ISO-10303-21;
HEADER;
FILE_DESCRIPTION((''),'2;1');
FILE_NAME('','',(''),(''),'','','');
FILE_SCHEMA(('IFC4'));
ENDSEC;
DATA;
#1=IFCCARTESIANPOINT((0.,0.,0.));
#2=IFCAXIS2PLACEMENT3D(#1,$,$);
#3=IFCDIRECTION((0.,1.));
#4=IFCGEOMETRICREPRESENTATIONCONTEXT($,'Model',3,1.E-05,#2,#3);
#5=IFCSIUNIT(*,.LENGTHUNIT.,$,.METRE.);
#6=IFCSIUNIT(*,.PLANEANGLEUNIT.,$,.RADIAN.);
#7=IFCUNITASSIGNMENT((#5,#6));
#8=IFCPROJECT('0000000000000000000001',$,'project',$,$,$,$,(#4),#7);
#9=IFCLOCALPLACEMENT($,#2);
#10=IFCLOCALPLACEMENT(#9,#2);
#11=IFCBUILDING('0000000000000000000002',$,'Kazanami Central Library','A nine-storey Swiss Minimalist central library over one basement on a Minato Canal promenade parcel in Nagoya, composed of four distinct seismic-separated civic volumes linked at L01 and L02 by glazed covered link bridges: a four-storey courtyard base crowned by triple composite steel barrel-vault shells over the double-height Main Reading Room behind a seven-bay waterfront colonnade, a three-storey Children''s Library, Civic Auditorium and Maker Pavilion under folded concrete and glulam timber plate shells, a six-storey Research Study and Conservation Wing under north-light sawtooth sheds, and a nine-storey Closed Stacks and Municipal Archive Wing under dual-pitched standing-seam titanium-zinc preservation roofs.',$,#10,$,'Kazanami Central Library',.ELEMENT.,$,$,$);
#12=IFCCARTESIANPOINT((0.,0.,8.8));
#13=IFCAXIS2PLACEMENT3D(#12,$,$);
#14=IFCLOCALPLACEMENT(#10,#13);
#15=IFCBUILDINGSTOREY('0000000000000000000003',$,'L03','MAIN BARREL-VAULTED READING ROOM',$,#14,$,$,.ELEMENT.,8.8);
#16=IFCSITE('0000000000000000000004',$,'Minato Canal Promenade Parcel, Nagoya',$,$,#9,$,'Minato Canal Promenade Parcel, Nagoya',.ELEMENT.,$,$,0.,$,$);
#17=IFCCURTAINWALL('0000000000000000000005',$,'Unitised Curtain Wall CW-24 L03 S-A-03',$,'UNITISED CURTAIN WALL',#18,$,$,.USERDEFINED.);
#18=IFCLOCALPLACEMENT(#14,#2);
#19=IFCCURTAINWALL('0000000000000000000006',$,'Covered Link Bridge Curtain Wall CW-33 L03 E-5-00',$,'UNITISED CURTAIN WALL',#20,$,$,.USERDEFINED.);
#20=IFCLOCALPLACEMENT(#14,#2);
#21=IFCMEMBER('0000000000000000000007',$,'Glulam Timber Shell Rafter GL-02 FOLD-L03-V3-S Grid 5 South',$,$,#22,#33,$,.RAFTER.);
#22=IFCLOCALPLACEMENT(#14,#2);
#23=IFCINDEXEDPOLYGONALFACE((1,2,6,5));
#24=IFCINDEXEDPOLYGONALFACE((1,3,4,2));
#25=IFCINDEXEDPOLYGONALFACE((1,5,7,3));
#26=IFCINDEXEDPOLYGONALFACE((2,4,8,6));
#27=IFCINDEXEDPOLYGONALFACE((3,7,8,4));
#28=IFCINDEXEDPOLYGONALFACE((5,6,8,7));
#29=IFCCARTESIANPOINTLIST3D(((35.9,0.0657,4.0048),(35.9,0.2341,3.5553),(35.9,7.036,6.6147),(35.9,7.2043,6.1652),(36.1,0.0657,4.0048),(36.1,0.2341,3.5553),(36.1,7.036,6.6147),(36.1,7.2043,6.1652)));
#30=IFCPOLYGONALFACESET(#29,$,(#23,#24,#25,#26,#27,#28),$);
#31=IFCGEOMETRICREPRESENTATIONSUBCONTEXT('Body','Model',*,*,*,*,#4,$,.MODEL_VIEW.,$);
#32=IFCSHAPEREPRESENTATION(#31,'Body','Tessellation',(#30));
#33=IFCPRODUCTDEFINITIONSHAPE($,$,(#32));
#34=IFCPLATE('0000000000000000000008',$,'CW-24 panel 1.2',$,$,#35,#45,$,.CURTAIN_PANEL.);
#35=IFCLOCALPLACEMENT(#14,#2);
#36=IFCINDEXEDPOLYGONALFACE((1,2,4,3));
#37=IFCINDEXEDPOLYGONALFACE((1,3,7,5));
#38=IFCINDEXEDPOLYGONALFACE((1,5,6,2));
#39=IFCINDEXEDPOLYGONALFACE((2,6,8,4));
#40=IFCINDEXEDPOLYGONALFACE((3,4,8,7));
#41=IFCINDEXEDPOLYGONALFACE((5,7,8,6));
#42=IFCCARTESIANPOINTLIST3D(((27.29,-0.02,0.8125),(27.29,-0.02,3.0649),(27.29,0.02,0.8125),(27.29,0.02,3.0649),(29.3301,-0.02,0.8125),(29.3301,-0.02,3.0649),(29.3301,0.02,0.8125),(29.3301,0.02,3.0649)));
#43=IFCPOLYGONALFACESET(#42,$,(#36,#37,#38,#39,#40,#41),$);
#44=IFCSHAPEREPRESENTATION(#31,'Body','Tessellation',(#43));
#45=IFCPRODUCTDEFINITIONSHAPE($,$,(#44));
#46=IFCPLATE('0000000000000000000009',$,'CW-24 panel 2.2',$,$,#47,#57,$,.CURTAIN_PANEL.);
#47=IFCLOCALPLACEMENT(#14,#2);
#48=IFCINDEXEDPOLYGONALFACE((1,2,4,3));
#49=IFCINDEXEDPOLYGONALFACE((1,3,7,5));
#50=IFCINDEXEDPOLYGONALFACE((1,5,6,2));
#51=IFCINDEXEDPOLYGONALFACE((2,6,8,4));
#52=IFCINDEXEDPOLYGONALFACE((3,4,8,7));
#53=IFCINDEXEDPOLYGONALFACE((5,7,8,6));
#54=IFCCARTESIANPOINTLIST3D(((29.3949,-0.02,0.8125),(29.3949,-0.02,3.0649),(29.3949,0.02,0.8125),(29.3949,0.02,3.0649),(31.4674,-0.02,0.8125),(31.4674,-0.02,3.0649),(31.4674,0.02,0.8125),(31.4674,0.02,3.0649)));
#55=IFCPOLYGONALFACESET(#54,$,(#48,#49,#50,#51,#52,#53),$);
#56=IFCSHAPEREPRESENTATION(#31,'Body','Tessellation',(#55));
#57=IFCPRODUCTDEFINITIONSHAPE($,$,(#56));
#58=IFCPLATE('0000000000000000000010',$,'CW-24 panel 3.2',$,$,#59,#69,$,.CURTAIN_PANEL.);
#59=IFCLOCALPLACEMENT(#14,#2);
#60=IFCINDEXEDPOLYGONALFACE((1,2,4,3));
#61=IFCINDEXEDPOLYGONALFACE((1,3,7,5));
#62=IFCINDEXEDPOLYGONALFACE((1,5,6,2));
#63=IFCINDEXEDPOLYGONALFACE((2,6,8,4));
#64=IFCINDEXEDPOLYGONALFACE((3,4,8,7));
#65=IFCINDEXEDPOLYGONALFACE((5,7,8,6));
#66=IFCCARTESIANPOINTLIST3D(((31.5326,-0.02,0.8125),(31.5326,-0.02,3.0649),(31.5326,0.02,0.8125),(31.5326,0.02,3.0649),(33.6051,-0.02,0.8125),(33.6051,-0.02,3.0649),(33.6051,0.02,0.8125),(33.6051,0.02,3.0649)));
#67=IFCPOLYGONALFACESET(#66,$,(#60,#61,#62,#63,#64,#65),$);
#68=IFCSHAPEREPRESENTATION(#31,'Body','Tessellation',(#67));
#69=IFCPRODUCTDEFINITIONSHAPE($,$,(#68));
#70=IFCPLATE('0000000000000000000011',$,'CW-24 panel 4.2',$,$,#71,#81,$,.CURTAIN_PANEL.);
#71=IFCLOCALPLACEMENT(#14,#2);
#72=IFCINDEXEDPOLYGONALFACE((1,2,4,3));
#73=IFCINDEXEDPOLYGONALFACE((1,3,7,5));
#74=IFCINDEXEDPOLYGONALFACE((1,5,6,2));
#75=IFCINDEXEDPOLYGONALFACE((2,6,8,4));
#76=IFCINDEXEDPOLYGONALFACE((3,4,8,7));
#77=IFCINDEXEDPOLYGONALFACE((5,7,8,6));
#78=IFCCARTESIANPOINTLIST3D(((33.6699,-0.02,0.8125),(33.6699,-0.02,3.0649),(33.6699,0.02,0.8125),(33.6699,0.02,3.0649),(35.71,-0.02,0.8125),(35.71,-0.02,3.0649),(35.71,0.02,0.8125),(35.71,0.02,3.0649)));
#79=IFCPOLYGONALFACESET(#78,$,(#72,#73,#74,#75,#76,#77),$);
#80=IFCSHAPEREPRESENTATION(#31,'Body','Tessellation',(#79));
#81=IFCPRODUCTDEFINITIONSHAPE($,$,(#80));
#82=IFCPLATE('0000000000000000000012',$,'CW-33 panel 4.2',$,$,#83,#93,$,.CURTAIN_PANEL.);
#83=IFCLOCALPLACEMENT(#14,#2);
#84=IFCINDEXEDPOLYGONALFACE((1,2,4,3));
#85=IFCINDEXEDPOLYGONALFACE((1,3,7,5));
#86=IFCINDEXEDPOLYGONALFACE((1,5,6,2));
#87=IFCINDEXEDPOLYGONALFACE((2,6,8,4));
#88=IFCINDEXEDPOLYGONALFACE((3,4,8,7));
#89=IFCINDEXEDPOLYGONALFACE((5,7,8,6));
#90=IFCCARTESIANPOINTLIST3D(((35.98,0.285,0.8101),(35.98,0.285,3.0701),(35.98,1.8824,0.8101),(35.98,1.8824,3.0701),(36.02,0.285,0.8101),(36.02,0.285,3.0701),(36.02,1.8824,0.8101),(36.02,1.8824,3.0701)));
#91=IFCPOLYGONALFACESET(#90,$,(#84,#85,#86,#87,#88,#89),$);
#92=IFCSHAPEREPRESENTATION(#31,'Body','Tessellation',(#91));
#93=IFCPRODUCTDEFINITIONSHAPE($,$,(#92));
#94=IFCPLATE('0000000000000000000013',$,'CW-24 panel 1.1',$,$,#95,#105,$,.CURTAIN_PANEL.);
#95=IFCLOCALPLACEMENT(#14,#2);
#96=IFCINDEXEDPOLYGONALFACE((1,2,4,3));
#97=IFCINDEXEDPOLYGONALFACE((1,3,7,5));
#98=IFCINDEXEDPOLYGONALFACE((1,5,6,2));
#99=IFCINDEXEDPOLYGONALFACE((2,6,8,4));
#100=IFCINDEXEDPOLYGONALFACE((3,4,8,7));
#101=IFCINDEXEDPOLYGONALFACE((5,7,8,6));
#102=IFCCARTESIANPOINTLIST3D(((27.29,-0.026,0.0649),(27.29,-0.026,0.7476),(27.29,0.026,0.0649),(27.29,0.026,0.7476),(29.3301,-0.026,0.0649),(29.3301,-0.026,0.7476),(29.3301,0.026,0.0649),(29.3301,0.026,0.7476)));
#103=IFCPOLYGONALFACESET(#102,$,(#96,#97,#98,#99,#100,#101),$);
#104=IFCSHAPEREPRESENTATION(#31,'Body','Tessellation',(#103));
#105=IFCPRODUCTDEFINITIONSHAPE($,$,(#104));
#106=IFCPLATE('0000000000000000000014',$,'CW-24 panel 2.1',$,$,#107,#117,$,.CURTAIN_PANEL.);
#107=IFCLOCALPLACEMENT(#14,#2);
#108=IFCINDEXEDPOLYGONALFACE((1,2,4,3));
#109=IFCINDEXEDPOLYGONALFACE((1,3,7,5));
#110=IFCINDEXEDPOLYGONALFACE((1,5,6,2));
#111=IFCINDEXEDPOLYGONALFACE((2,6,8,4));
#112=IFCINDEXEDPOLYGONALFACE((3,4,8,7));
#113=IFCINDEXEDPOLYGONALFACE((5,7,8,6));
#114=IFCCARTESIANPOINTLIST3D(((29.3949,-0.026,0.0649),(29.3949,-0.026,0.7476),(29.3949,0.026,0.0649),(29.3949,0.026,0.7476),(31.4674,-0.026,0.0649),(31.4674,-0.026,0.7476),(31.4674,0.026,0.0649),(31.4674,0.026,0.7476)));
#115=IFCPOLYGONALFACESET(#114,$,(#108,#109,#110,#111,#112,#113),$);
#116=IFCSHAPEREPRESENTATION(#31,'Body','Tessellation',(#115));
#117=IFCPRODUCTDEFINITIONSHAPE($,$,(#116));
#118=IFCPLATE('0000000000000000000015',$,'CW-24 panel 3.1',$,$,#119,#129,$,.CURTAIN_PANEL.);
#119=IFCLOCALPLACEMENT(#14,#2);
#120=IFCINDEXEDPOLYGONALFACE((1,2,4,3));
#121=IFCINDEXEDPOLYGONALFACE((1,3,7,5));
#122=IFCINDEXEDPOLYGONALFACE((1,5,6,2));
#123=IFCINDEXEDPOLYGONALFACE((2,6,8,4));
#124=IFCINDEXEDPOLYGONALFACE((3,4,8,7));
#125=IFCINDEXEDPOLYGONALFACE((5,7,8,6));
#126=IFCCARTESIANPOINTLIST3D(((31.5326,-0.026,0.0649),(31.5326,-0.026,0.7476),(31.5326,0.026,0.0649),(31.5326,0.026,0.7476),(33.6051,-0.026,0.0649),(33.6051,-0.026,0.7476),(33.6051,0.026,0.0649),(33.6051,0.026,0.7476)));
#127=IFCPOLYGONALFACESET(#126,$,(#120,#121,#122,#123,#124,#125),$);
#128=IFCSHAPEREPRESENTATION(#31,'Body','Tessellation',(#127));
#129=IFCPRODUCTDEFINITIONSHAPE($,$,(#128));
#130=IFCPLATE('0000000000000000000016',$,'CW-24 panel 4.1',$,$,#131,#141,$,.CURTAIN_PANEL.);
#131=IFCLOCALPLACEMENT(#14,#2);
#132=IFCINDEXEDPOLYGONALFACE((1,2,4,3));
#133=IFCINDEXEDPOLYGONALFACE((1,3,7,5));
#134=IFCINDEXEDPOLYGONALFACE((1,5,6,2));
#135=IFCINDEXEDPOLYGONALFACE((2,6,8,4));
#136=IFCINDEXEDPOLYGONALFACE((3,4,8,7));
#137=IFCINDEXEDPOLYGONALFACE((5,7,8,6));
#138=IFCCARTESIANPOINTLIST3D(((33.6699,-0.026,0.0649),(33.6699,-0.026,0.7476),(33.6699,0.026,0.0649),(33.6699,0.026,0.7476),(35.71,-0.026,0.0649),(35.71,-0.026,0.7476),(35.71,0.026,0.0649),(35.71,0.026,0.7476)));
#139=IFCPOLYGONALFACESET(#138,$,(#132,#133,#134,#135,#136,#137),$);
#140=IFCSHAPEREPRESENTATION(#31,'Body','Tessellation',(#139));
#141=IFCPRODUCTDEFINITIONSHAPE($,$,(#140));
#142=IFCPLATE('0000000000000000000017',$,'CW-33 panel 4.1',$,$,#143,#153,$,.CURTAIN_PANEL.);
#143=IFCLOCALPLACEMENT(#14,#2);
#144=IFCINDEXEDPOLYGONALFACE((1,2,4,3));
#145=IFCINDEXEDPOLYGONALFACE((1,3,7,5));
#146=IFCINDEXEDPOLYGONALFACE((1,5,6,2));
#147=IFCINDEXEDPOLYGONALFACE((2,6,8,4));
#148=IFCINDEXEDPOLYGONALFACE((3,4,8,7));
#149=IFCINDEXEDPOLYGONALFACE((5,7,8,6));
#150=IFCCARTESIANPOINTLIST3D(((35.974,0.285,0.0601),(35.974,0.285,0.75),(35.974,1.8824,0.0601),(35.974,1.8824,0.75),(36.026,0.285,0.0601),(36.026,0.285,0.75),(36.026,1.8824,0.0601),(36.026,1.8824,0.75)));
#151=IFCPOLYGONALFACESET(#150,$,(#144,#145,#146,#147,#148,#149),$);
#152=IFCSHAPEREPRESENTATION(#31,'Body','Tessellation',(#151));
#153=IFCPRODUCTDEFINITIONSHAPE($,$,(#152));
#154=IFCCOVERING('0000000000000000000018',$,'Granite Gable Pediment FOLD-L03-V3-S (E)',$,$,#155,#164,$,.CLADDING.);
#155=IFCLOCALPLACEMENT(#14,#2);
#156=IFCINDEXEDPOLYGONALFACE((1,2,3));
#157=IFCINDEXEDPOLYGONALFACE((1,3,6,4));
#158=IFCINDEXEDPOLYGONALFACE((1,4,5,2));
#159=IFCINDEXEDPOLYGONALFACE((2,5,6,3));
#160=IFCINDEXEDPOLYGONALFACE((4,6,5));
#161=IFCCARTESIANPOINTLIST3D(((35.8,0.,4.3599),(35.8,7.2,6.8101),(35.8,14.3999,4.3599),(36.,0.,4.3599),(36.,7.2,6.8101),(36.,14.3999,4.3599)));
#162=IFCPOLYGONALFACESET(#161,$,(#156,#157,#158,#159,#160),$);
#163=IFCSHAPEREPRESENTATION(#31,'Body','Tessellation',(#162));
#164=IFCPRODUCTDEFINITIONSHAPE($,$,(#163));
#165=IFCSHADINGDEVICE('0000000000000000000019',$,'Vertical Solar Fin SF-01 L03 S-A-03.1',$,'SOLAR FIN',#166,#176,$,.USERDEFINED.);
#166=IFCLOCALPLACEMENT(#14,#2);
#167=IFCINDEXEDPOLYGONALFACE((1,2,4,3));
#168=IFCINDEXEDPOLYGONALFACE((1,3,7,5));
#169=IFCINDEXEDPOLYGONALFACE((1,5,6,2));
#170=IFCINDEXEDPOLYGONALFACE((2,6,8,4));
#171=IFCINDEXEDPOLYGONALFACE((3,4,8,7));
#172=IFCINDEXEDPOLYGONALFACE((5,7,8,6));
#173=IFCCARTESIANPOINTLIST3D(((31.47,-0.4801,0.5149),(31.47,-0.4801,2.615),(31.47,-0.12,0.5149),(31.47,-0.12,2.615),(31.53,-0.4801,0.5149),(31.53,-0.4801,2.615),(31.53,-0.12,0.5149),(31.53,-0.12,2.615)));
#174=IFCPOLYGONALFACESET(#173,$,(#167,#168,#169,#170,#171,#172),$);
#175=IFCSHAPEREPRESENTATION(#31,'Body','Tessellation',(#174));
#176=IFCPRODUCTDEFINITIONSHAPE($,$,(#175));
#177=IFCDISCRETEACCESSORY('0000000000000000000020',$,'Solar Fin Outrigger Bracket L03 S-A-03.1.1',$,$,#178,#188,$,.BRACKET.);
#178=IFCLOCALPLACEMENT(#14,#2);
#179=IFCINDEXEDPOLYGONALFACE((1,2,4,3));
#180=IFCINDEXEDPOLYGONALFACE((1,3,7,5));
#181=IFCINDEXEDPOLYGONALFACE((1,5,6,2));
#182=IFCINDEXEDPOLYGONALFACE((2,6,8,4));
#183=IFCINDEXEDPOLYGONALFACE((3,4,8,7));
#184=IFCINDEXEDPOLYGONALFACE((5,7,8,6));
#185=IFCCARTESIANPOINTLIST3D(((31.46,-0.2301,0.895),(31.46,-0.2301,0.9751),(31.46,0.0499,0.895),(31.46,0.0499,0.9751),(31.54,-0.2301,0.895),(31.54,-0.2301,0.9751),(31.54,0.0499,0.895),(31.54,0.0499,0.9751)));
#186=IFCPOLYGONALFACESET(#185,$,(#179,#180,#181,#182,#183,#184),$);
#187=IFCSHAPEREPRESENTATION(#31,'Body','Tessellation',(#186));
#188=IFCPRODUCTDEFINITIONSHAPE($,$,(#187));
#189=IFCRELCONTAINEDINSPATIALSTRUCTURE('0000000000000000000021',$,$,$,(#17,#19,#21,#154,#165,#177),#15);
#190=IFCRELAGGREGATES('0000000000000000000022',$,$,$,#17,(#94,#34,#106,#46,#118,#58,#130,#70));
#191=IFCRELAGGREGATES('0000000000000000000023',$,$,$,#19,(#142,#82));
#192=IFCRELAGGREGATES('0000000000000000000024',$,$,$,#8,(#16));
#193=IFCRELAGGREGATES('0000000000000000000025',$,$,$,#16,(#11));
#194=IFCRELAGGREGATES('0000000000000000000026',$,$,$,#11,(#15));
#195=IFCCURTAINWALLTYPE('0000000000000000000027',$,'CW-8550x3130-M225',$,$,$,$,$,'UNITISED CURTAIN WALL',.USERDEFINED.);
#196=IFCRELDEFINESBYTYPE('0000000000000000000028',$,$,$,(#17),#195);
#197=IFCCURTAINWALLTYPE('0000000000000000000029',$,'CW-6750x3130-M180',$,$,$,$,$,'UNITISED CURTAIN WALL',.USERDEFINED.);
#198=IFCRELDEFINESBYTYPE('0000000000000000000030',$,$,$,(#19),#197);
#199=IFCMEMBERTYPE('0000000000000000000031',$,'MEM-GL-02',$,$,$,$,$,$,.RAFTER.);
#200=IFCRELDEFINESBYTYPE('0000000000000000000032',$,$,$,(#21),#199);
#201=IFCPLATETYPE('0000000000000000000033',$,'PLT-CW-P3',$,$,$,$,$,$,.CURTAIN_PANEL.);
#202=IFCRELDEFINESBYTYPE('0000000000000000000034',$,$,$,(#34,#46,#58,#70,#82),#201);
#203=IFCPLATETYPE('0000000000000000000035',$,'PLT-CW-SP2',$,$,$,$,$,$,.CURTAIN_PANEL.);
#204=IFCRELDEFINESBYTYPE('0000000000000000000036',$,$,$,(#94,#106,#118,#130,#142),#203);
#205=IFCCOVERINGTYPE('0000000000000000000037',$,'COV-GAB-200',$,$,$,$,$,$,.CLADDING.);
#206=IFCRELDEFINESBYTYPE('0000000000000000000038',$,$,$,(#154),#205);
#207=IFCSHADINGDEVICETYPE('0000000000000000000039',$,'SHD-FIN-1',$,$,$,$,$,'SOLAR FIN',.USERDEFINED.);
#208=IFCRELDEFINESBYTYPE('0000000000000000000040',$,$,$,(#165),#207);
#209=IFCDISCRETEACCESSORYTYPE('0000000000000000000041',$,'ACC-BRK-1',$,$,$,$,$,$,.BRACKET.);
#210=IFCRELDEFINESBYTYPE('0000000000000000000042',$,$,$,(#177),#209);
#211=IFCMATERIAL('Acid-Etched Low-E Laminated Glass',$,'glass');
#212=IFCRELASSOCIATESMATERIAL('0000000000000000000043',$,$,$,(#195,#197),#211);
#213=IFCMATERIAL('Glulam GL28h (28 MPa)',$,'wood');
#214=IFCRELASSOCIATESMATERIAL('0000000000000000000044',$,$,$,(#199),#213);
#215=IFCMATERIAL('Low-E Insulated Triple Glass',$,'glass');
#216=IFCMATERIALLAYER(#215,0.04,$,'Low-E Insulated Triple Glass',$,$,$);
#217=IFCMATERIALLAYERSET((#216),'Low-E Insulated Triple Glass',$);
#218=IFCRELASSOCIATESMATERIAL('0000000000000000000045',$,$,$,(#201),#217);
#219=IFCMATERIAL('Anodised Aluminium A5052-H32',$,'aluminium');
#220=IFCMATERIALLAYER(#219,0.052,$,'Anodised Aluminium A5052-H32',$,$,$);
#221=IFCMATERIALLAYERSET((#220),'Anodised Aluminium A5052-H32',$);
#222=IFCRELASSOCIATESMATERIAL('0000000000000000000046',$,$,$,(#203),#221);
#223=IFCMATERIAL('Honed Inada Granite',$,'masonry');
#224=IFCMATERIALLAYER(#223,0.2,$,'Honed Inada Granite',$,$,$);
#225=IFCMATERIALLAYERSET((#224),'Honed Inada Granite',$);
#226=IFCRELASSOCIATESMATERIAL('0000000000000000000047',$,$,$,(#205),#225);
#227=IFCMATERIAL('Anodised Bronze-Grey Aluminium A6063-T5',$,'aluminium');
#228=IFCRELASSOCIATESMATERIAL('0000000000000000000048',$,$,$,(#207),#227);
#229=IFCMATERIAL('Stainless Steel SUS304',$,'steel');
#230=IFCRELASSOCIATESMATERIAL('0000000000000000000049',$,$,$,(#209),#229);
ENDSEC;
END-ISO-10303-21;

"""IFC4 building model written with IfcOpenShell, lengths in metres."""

from ifc_helpers import new_model, si_unit, direction, frame, origin, origin_2d, place, context, subcontext, project, spatial, polyline, rectangle, outline, extrude, material, layer, layer_set, material_profile, profile_set, type_object, element, aggregate, save


model = new_model("IFC4")

# Units and contexts
model_context = context("Model", 3, precision=1e-05, world=origin(), true_north=direction((0.0, 1.0)))
body_context = subcontext(model_context, "Body", "Model", "MODEL_VIEW")
ifc_project = project(units=[si_unit("LENGTHUNIT", "METRE"), si_unit("PLANEANGLEUNIT", "RADIAN")], contexts=[model_context])

# Site, building, storey
site_placement = place(None, origin())
site = spatial("IfcSite", under=ifc_project, at=site_placement, Name="Minato Canal Promenade Parcel, Nagoya", LongName="Minato Canal Promenade Parcel, Nagoya", CompositionType="ELEMENT", RefElevation=0.0)
building_placement = place(site_placement, origin())
building = spatial("IfcBuilding", under=site, at=building_placement, Name="Kazanami Central Library", Description="A nine-storey Swiss Minimalist central library over one basement on a Minato Canal promenade parcel in Nagoya, composed of four distinct seismic-separated civic volumes linked at L01 and L02 by glazed covered link bridges: a four-storey courtyard base crowned by triple composite steel barrel-vault shells over the double-height Main Reading Room behind a seven-bay waterfront colonnade, a three-storey Children's Library, Civic Auditorium and Maker Pavilion under folded concrete and glulam timber plate shells, a six-storey Research Study and Conservation Wing under north-light sawtooth sheds, and a nine-storey Closed Stacks and Municipal Archive Wing under dual-pitched standing-seam titanium-zinc preservation roofs.", LongName="Kazanami Central Library", CompositionType="ELEMENT")
storey_placement = place(building_placement, frame((0.0, 0.0, 8.8)))
storey = spatial("IfcBuildingStorey", under=building, at=storey_placement, Name="L03", Description="MAIN BARREL-VAULTED READING ROOM", CompositionType="ELEMENT", Elevation=8.8)

# Curtain wall
ifc_material_1 = material(Name="Acid-Etched Low-E Laminated Glass", Category="glass")
curtain_wall_type_1 = type_object("IfcCurtainWallType", Name="CW-8550x3130-M225", ElementType="UNITISED CURTAIN WALL", PredefinedType="USERDEFINED", material=ifc_material_1)
curtain_wall_1_placement = place(storey_placement, origin())
curtain_wall_1 = element("IfcCurtainWall", 1, at=curtain_wall_1_placement, inside=storey, type_object=curtain_wall_type_1, Name="Unitised Curtain Wall CW-24 L03 S-A-03", ObjectType="UNITISED CURTAIN WALL", PredefinedType="USERDEFINED")

# Curtain wall
curtain_wall_type_2 = type_object("IfcCurtainWallType", Name="CW-6750x3130-M180", ElementType="UNITISED CURTAIN WALL", PredefinedType="USERDEFINED", material=ifc_material_1)
curtain_wall_2_placement = place(storey_placement, origin())
curtain_wall_2 = element("IfcCurtainWall", 2, at=curtain_wall_2_placement, inside=storey, type_object=curtain_wall_type_2, Name="Covered Link Bridge Curtain Wall CW-33 L03 E-5-00", ObjectType="UNITISED CURTAIN WALL", PredefinedType="USERDEFINED")

# Member
ifc_material_2 = material(Name="Glulam GL28h (28 MPa)", Category="wood")
ifc_material_profile_1 = material_profile(ifc_material_2, rectangle(XDim=0.2, YDim=0.48, at=origin_2d()), Name="GL28h-200x480")
ifc_profile_set_1 = profile_set([ifc_material_profile_1], Name="Glulam GL28h (28 MPa)")
member_type_1 = type_object("IfcMemberType", Name="MEM-GL-02", PredefinedType="RAFTER", material=ifc_profile_set_1)
member_1_placement = place(storey_placement, frame((36.0, 0.1499, 3.78), z_axis=(0.0, 0.936504, 0.350656), x_axis=(-1.0, 0.0, 0.0)))
element("IfcMember", 3, at=member_1_placement, inside=storey, type_object=member_type_1, Name="Glulam Timber Shell Rafter GL-02 FOLD-L03-V3-S Grid 5 South", PredefinedType="RAFTER", context=body_context, shape_type="SweptSolid", body=[
    extrude(rectangle(XDim=0.2, YDim=0.48, at=origin_2d()), origin(), (0.0, 0.0, 1.0), 7.4429),
])

# Plates
ifc_material_3 = material(Name="Low-E Insulated Triple Glass", Category="glass")
ifc_layer_1 = layer(ifc_material_3, 0.04, Name="Low-E Insulated Triple Glass")
ifc_layer_set_1 = layer_set([ifc_layer_1], Name="Low-E Insulated Triple Glass")
plate_type_1 = type_object("IfcPlateType", Name="PLT-CW-P3", PredefinedType="CURTAIN_PANEL", material=ifc_layer_set_1)
plate_1_placement = place(storey_placement, frame((28.3101, 0.0, 0.8125), z_axis=(0.0, 0.0, 1.0), x_axis=(1.0, 0.0, 0.0)))
plate_1 = element("IfcPlate", 4, at=plate_1_placement, type_object=plate_type_1, Name="CW-24 panel 1.2", PredefinedType="CURTAIN_PANEL", context=body_context, shape_type="SweptSolid", body=[
    extrude(rectangle(XDim=2.04, YDim=0.04, at=origin_2d()), origin(), (0.0, 0.0, 1.0), 2.2524),
])
plate_2_placement = place(storey_placement, frame((30.4312, 0.0, 0.8125), z_axis=(0.0, 0.0, 1.0), x_axis=(1.0, 0.0, 0.0)))
plate_2 = element("IfcPlate", 5, at=plate_2_placement, type_object=plate_type_1, Name="CW-24 panel 2.2", PredefinedType="CURTAIN_PANEL", context=body_context, shape_type="SweptSolid", body=[
    extrude(rectangle(XDim=2.0725, YDim=0.04, at=origin_2d()), origin(), (0.0, 0.0, 1.0), 2.2524),
])
plate_3_placement = place(storey_placement, frame((32.5688, 0.0, 0.8125), z_axis=(0.0, 0.0, 1.0), x_axis=(1.0, 0.0, 0.0)))
plate_3 = element("IfcPlate", 6, at=plate_3_placement, type_object=plate_type_1, Name="CW-24 panel 3.2", PredefinedType="CURTAIN_PANEL", context=body_context, shape_type="SweptSolid", body=[
    extrude(rectangle(XDim=2.0725, YDim=0.04, at=origin_2d()), origin(), (0.0, 0.0, 1.0), 2.2524),
])
plate_4_placement = place(storey_placement, frame((34.6899, 0.0, 0.8125), z_axis=(0.0, 0.0, 1.0), x_axis=(1.0, 0.0, 0.0)))
plate_4 = element("IfcPlate", 7, at=plate_4_placement, type_object=plate_type_1, Name="CW-24 panel 4.2", PredefinedType="CURTAIN_PANEL", context=body_context, shape_type="SweptSolid", body=[
    extrude(rectangle(XDim=2.04, YDim=0.04, at=origin_2d()), origin(), (0.0, 0.0, 1.0), 2.2524),
])
plate_5_placement = place(storey_placement, frame((36.0, 1.0837, 0.8101), z_axis=(0.0, 0.0, 1.0), x_axis=(0.0, -1.0, 0.0)))
plate_5 = element("IfcPlate", 8, at=plate_5_placement, type_object=plate_type_1, Name="CW-33 panel 4.2", PredefinedType="CURTAIN_PANEL", context=body_context, shape_type="SweptSolid", body=[
    extrude(rectangle(XDim=1.5974, YDim=0.04, at=origin_2d()), origin(), (0.0, 0.0, 1.0), 2.26),
])
ifc_material_4 = material(Name="Anodised Aluminium A5052-H32", Category="aluminium")
ifc_layer_2 = layer(ifc_material_4, 0.052, Name="Anodised Aluminium A5052-H32")
ifc_layer_set_2 = layer_set([ifc_layer_2], Name="Anodised Aluminium A5052-H32")
plate_type_2 = type_object("IfcPlateType", Name="PLT-CW-SP2", PredefinedType="CURTAIN_PANEL", material=ifc_layer_set_2)
plate_6_placement = place(storey_placement, frame((28.3101, 0.0, 0.0649), z_axis=(0.0, 0.0, 1.0), x_axis=(1.0, 0.0, 0.0)))
plate_6 = element("IfcPlate", 9, at=plate_6_placement, type_object=plate_type_2, Name="CW-24 panel 1.1", PredefinedType="CURTAIN_PANEL", context=body_context, shape_type="SweptSolid", body=[
    extrude(rectangle(XDim=2.04, YDim=0.052, at=origin_2d()), origin(), (0.0, 0.0, 1.0), 0.6826),
])
plate_7_placement = place(storey_placement, frame((30.4312, 0.0, 0.0649), z_axis=(0.0, 0.0, 1.0), x_axis=(1.0, 0.0, 0.0)))
plate_7 = element("IfcPlate", 10, at=plate_7_placement, type_object=plate_type_2, Name="CW-24 panel 2.1", PredefinedType="CURTAIN_PANEL", context=body_context, shape_type="SweptSolid", body=[
    extrude(rectangle(XDim=2.0725, YDim=0.052, at=origin_2d()), origin(), (0.0, 0.0, 1.0), 0.6826),
])
plate_8_placement = place(storey_placement, frame((32.5688, 0.0, 0.0649), z_axis=(0.0, 0.0, 1.0), x_axis=(1.0, 0.0, 0.0)))
plate_8 = element("IfcPlate", 11, at=plate_8_placement, type_object=plate_type_2, Name="CW-24 panel 3.1", PredefinedType="CURTAIN_PANEL", context=body_context, shape_type="SweptSolid", body=[
    extrude(rectangle(XDim=2.0725, YDim=0.052, at=origin_2d()), origin(), (0.0, 0.0, 1.0), 0.6826),
])
plate_9_placement = place(storey_placement, frame((34.6899, 0.0, 0.0649), z_axis=(0.0, 0.0, 1.0), x_axis=(1.0, 0.0, 0.0)))
plate_9 = element("IfcPlate", 12, at=plate_9_placement, type_object=plate_type_2, Name="CW-24 panel 4.1", PredefinedType="CURTAIN_PANEL", context=body_context, shape_type="SweptSolid", body=[
    extrude(rectangle(XDim=2.04, YDim=0.052, at=origin_2d()), origin(), (0.0, 0.0, 1.0), 0.6826),
])
aggregate(curtain_wall_1, [plate_6, plate_1, plate_7, plate_2, plate_8, plate_3, plate_9, plate_4])
plate_10_placement = place(storey_placement, frame((36.0, 1.0837, 0.0601), z_axis=(0.0, 0.0, 1.0), x_axis=(0.0, -1.0, 0.0)))
plate_10 = element("IfcPlate", 13, at=plate_10_placement, type_object=plate_type_2, Name="CW-33 panel 4.1", PredefinedType="CURTAIN_PANEL", context=body_context, shape_type="SweptSolid", body=[
    extrude(rectangle(XDim=1.5974, YDim=0.052, at=origin_2d()), origin(), (0.0, 0.0, 1.0), 0.6899),
])
aggregate(curtain_wall_2, [plate_10, plate_5])

# Covering
ifc_material_5 = material(Name="Honed Inada Granite", Category="masonry")
ifc_layer_3 = layer(ifc_material_5, 0.2, Name="Honed Inada Granite")
ifc_layer_set_3 = layer_set([ifc_layer_3], Name="Honed Inada Granite")
covering_type = type_object("IfcCoveringType", Name="COV-GAB-200", PredefinedType="CLADDING", material=ifc_layer_set_3)
covering_placement = place(storey_placement, frame((36.0, 0.0, 4.3599), z_axis=(1.0, 0.0, 0.0), x_axis=(0.0, 1.0, 0.0)))
element("IfcCovering", 14, at=covering_placement, inside=storey, type_object=covering_type, Name="Granite Gable Pediment FOLD-L03-V3-S (E)", PredefinedType="CLADDING", context=body_context, shape_type="SweptSolid", body=[
    extrude(outline(polyline([(0.0, 0.0), (14.3999, 0.0), (7.2, 2.4502), (0.0, 0.0)])), origin(), (0.0, 0.0, -1.0), 0.2),
])

# Shading device
ifc_material_6 = material(Name="Anodised Bronze-Grey Aluminium A6063-T5", Category="aluminium")
shading_device_type = type_object("IfcShadingDeviceType", Name="SHD-FIN-1", ElementType="SOLAR FIN", PredefinedType="USERDEFINED", material=ifc_material_6)
shading_device_placement = place(storey_placement, frame((31.5, -0.3, 0.5149), z_axis=(0.0, 0.0, 1.0), x_axis=(1.0, 0.0, 0.0)))
element("IfcShadingDevice", 15, at=shading_device_placement, inside=storey, type_object=shading_device_type, Name="Vertical Solar Fin SF-01 L03 S-A-03.1", ObjectType="SOLAR FIN", PredefinedType="USERDEFINED", context=body_context, shape_type="SweptSolid", body=[
    extrude(rectangle(XDim=0.0601, YDim=0.3601, at=origin_2d()), origin(), (0.0, 0.0, 1.0), 2.1001),
])

# Discrete accessory
ifc_material_7 = material(Name="Stainless Steel SUS304", Category="steel")
discrete_accessory_type = type_object("IfcDiscreteAccessoryType", Name="ACC-BRK-1", PredefinedType="BRACKET", material=ifc_material_7)
for number, where, z_axis, x_axis, name in (
    (16, (31.5, -0.0901, 0.895), (0.0, 0.0, 1.0), (1.0, 0.0, 0.0), "Solar Fin Outrigger Bracket L03 S-A-03.1.1"),
):
    element("IfcDiscreteAccessory", number, at=place(storey_placement, frame(where, z_axis=z_axis, x_axis=x_axis)), inside=storey, type_object=discrete_accessory_type, Name=name, PredefinedType="BRACKET", context=body_context, shape_type="SweptSolid", body=[
        extrude(rectangle(XDim=0.0801, YDim=0.28, at=origin_2d()), origin(), (0.0, 0.0, 1.0), 0.0801),
    ])

save(model, "model.ifc")
